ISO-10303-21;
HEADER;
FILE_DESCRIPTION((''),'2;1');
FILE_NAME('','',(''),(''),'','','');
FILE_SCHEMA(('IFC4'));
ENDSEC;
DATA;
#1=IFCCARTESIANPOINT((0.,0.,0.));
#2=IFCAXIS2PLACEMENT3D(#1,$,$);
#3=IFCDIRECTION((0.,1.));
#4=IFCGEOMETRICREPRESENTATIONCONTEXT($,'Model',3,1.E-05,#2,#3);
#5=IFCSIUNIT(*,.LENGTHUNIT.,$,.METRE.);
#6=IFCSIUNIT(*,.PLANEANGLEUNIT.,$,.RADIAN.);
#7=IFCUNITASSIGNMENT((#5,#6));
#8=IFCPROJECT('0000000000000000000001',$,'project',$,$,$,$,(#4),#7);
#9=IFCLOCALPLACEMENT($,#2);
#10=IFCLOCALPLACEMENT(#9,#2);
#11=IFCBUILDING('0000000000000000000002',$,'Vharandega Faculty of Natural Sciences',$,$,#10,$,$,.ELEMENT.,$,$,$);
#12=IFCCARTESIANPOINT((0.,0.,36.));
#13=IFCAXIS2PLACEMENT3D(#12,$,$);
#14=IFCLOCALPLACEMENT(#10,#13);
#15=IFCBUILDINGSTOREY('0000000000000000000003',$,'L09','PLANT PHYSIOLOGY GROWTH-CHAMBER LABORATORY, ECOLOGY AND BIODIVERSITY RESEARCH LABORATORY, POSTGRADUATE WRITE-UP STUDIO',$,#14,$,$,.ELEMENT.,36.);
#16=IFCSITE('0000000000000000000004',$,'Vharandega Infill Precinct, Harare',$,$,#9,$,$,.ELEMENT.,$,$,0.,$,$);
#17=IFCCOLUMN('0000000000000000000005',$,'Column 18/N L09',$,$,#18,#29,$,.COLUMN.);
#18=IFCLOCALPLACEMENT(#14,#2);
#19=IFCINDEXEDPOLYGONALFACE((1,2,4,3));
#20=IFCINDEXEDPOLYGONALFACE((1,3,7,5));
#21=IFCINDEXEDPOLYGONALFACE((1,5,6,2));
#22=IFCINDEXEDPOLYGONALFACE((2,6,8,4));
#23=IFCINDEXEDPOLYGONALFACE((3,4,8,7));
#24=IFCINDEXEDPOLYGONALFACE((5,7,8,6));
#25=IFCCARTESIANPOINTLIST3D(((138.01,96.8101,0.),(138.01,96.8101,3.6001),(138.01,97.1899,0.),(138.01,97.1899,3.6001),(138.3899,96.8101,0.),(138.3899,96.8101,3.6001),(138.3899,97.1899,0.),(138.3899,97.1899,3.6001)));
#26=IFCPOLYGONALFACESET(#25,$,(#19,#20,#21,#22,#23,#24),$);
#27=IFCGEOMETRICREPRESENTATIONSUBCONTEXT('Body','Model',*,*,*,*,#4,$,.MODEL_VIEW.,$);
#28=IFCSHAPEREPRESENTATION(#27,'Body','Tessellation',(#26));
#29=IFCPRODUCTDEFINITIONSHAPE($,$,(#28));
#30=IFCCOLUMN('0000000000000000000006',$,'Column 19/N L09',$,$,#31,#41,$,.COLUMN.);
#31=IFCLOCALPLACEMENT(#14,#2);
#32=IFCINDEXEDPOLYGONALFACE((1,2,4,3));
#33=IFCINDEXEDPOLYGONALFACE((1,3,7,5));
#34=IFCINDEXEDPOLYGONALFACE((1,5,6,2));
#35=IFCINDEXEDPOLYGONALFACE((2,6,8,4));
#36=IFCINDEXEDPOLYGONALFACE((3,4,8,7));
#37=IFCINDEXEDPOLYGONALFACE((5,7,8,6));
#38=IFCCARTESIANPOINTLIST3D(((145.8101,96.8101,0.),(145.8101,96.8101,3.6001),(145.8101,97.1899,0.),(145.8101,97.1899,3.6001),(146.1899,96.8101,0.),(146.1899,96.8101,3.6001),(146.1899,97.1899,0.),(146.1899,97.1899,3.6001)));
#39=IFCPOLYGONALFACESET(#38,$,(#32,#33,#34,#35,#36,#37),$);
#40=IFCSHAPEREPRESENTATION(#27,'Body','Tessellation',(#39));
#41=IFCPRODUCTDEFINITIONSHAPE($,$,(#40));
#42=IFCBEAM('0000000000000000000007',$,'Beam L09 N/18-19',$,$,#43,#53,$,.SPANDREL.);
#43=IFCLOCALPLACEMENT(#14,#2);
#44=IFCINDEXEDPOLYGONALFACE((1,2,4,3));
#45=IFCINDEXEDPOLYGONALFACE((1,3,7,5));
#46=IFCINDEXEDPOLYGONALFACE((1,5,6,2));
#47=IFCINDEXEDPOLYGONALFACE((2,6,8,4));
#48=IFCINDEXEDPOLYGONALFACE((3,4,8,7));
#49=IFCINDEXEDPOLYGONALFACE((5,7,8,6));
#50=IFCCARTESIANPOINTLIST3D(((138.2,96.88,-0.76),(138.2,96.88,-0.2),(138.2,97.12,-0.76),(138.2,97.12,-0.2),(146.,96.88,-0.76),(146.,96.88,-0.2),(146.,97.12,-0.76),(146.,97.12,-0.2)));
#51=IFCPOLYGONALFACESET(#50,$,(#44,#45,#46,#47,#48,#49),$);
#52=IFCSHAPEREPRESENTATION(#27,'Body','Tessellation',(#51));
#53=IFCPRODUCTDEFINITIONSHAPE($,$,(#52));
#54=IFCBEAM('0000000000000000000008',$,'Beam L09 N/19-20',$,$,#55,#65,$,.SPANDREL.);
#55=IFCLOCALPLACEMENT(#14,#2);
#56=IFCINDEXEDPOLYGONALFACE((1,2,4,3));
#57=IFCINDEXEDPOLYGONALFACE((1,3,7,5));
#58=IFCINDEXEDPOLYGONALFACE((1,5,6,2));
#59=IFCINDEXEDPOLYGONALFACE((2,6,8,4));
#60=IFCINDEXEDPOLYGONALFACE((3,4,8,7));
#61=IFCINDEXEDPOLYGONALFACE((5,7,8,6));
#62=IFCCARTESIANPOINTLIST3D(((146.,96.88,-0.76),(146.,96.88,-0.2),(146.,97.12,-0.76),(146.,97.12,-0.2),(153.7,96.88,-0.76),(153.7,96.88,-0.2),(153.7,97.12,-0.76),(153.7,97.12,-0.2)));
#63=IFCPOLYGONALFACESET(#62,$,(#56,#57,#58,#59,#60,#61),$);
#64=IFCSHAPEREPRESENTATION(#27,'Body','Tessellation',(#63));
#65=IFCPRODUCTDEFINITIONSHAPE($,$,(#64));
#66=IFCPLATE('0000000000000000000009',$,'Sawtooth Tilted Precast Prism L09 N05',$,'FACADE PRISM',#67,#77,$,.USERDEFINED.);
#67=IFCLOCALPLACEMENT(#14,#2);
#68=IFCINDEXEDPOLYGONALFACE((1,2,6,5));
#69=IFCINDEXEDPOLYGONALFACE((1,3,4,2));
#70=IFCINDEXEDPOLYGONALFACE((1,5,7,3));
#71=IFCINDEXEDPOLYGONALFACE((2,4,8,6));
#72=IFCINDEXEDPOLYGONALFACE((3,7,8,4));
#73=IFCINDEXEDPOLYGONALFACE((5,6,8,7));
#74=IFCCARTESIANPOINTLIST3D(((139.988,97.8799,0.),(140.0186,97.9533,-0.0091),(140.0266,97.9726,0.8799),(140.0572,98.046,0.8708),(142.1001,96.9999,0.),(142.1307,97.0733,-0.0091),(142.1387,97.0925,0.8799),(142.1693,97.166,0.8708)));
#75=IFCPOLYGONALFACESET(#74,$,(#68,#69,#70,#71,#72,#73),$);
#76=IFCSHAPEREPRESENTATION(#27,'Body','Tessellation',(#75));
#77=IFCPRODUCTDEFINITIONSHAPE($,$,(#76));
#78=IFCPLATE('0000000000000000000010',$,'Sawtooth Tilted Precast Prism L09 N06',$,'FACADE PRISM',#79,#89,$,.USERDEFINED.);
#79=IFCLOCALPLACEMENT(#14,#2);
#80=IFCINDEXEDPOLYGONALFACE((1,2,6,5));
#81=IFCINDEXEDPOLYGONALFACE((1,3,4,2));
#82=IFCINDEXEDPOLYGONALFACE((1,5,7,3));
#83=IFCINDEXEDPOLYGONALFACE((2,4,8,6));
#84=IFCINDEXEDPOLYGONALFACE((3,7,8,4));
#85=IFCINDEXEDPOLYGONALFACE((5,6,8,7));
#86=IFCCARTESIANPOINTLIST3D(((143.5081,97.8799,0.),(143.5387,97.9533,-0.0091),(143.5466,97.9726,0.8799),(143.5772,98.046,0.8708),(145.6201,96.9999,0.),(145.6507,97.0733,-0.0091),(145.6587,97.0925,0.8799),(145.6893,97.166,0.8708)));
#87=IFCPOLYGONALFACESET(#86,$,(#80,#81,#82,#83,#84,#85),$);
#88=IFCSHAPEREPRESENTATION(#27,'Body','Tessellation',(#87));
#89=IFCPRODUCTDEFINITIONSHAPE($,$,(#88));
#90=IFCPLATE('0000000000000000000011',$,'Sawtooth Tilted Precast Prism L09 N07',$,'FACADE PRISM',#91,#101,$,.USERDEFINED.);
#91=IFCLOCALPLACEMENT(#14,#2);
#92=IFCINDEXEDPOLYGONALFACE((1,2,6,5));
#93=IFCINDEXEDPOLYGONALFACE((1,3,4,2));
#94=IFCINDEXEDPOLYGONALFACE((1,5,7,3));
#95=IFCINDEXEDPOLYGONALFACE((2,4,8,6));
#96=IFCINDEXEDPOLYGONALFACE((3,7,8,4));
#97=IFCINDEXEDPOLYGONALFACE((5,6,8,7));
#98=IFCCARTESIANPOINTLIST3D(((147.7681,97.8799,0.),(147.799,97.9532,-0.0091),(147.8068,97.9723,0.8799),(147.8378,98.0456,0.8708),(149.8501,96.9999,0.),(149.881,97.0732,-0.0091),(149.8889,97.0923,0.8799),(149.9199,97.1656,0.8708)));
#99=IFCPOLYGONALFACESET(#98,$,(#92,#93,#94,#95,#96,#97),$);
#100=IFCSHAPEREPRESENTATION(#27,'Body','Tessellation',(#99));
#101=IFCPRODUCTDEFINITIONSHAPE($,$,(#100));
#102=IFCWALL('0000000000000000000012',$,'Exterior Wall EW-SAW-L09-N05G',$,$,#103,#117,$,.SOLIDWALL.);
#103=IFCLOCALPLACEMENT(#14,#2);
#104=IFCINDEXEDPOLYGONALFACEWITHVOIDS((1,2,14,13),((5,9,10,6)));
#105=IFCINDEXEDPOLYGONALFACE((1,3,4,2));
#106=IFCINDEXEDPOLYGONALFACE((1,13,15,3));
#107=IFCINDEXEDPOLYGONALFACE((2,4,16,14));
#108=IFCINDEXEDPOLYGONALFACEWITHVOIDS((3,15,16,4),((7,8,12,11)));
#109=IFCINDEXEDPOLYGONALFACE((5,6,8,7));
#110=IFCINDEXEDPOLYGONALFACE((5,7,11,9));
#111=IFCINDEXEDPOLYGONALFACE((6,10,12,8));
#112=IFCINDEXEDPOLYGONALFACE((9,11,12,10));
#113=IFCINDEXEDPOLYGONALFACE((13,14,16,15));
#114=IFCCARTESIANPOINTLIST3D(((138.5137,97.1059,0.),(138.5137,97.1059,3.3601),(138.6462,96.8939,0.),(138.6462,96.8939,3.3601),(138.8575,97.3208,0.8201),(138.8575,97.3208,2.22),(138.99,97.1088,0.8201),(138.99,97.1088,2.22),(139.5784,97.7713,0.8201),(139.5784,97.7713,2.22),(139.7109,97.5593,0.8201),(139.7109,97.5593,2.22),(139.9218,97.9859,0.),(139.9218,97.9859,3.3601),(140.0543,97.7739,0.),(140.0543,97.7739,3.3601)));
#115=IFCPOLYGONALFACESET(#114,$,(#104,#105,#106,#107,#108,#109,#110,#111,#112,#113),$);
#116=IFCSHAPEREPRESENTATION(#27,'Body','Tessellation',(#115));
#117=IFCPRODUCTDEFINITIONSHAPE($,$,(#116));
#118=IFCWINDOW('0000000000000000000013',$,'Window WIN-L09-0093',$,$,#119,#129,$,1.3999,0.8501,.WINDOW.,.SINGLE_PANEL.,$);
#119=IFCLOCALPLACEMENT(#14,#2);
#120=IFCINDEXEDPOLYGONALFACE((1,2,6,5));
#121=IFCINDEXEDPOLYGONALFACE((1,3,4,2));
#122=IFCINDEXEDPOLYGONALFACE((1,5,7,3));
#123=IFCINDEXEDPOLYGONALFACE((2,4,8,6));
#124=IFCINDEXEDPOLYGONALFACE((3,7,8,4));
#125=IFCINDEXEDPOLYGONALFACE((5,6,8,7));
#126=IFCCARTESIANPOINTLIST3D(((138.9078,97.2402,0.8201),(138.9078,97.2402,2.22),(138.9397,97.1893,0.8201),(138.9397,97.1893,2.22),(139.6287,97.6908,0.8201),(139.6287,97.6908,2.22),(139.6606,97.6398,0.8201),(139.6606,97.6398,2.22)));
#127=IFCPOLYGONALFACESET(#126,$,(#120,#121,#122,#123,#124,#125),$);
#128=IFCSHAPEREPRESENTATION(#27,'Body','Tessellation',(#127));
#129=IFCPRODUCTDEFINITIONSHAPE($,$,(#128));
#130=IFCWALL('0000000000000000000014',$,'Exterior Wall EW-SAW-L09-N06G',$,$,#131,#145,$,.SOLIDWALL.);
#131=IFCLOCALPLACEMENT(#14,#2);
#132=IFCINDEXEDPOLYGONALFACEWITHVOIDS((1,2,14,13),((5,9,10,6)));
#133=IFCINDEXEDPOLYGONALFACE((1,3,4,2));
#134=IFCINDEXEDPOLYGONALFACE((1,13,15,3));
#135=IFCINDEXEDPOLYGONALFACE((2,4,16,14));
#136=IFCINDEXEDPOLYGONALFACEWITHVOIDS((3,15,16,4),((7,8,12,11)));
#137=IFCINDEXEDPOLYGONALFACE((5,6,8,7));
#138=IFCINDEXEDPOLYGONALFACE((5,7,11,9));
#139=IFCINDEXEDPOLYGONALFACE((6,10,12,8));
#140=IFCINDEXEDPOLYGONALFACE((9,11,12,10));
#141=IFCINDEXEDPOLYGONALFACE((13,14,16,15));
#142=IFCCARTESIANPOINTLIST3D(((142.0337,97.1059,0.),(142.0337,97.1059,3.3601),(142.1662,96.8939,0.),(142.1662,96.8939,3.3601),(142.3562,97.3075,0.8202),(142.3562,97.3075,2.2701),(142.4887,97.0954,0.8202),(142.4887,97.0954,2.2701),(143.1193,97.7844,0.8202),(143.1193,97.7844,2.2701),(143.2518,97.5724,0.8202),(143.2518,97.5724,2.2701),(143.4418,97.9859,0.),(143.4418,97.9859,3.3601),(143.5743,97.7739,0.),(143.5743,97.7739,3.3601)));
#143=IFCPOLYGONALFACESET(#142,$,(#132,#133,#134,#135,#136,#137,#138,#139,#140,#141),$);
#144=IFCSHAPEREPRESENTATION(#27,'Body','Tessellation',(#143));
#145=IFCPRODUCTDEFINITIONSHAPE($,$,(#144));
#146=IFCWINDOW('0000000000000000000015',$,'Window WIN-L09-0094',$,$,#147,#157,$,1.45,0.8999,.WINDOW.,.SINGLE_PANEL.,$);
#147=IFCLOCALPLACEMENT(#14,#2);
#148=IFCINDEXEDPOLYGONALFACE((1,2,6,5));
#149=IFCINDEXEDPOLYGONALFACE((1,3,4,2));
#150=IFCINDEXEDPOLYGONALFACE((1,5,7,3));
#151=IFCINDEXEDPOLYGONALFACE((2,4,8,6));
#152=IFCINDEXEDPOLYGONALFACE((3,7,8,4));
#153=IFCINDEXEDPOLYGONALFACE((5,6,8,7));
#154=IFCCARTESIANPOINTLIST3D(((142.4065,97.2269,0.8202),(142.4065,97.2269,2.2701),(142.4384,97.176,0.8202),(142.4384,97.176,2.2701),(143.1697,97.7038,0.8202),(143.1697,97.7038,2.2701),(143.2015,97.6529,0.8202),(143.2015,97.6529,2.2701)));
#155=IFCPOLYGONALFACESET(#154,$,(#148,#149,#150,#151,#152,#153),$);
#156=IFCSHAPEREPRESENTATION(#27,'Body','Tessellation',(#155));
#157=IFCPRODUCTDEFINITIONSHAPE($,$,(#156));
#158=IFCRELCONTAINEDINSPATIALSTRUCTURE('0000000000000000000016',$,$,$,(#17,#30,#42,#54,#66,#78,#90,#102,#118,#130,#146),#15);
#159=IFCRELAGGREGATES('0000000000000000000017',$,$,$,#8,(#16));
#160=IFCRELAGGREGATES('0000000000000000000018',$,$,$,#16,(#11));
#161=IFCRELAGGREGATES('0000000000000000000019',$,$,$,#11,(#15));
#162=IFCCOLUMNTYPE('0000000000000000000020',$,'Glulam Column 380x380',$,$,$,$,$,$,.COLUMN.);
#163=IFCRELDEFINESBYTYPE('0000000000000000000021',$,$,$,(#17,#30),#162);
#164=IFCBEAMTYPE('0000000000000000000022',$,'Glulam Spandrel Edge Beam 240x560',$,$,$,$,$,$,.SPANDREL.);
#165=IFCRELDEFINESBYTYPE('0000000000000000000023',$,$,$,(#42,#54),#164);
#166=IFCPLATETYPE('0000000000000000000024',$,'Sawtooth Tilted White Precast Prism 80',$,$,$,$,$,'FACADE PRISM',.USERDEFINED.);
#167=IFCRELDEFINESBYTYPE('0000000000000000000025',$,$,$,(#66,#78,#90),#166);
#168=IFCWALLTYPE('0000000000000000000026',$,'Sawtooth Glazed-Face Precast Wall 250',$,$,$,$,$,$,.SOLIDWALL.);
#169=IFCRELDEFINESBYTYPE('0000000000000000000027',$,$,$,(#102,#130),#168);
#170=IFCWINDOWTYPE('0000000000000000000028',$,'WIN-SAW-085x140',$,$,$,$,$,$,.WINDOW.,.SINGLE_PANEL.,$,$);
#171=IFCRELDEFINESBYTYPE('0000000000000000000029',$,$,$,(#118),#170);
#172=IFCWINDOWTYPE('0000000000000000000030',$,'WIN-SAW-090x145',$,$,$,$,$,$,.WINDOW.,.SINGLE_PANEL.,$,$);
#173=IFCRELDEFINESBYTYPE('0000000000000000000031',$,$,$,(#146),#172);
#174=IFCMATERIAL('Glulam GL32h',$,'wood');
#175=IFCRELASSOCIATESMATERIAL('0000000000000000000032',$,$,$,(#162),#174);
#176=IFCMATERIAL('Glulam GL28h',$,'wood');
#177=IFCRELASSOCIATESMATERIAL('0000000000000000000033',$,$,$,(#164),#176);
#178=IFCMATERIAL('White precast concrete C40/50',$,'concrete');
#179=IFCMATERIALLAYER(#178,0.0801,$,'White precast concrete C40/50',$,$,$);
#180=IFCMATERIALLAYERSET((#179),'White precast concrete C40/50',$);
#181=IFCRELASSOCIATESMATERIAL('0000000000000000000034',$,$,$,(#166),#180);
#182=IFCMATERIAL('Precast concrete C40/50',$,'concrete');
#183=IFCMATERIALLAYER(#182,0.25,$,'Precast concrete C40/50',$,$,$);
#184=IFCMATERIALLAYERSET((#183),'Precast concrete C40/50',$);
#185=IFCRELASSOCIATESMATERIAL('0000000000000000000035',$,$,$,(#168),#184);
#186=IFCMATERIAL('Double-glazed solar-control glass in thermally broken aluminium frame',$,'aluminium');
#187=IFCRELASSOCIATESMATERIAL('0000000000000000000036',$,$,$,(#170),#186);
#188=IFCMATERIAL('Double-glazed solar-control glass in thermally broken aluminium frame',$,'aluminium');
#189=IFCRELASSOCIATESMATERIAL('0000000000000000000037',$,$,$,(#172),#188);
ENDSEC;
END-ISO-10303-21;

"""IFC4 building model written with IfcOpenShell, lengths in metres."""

from ifc_helpers import new_model, si_unit, direction, frame, frame_2d, origin, origin_2d, place, context, subcontext, project, spatial, polyline, rectangle, outline, extrude, material, layer, layer_set, material_profile, profile_set, type_object, element, fill, save


model = new_model("IFC4")

# Units and contexts
model_context = context("Model", 3, precision=1e-05, world=origin(), true_north=direction((0.0, 1.0)))
body_context = subcontext(model_context, "Body", "Model", "MODEL_VIEW")
ifc_project = project(units=[si_unit("LENGTHUNIT", "METRE"), si_unit("PLANEANGLEUNIT", "RADIAN")], contexts=[model_context])

# Site, building, storey
site_placement = place(None, origin())
site = spatial("IfcSite", under=ifc_project, at=site_placement, Name="Vharandega Infill Precinct, Harare", CompositionType="ELEMENT", RefElevation=0.0)
building_placement = place(site_placement, origin())
building = spatial("IfcBuilding", under=site, at=building_placement, Name="Vharandega Faculty of Natural Sciences", CompositionType="ELEMENT")
storey_placement = place(building_placement, frame((0.0, 0.0, 36.0)))
storey = spatial("IfcBuildingStorey", under=building, at=storey_placement, Name="L09", Description="PLANT PHYSIOLOGY GROWTH-CHAMBER LABORATORY, ECOLOGY AND BIODIVERSITY RESEARCH LABORATORY, POSTGRADUATE WRITE-UP STUDIO", CompositionType="ELEMENT", Elevation=36.0)

# Columns
ifc_material_1 = material(Name="Glulam GL32h", Category="wood")
ifc_material_profile_1 = material_profile(ifc_material_1, rectangle(XDim=0.3799, YDim=0.3799, at=origin_2d()), Name="GL32h 380x380")
ifc_profile_set_1 = profile_set([ifc_material_profile_1], Name="Glulam GL32h")
column_type = type_object("IfcColumnType", Name="Glulam Column 380x380", PredefinedType="COLUMN", material=ifc_profile_set_1)
for number, where, z_axis, x_axis, name in (
    (1, (138.2, 97.0, 0.0), (0.0, 0.0, 1.0), (1.0, 0.0, 0.0), "Column 18/N L09"),
    (2, (146.0, 97.0, 0.0), (0.0, 0.0, 1.0), (1.0, 0.0, 0.0), "Column 19/N L09"),
):
    element("IfcColumn", number, at=place(storey_placement, frame(where, z_axis=z_axis, x_axis=x_axis)), inside=storey, type_object=column_type, Name=name, PredefinedType="COLUMN", context=body_context, shape_type="SweptSolid", body=[
        extrude(rectangle(XDim=0.3799, YDim=0.3799, at=origin_2d()), origin(), (0.0, 0.0, 1.0), 3.6001),
    ])

# Beams
ifc_material_2 = material(Name="Glulam GL28h", Category="wood")
ifc_material_profile_2 = material_profile(ifc_material_2, rectangle(XDim=0.24, YDim=0.5601, at=origin_2d()), Name="GL28h 240x560")
ifc_profile_set_2 = profile_set([ifc_material_profile_2], Name="Glulam GL28h")
beam_type = type_object("IfcBeamType", Name="Glulam Spandrel Edge Beam 240x560", PredefinedType="SPANDREL", material=ifc_profile_set_2)
beam_1_placement = place(storey_placement, frame((138.2, 97.0, -0.48), z_axis=(1.0, 0.0, 0.0), x_axis=(0.0, 1.0, 0.0)))
element("IfcBeam", 3, at=beam_1_placement, inside=storey, type_object=beam_type, Name="Beam L09 N/18-19", PredefinedType="SPANDREL", context=body_context, shape_type="SweptSolid", body=[
    extrude(rectangle(XDim=0.24, YDim=0.5601, at=origin_2d()), origin(), (0.0, 0.0, 1.0), 7.8),
])
beam_2_placement = place(storey_placement, frame((146.0, 97.0, -0.48), z_axis=(1.0, 0.0, 0.0), x_axis=(0.0, 1.0, 0.0)))
element("IfcBeam", 4, at=beam_2_placement, inside=storey, type_object=beam_type, Name="Beam L09 N/19-20", PredefinedType="SPANDREL", context=body_context, shape_type="SweptSolid", body=[
    extrude(rectangle(XDim=0.24, YDim=0.5601, at=origin_2d()), origin(), (0.0, 0.0, 1.0), 7.7),
])

# Plates
ifc_material_3 = material(Name="White precast concrete C40/50", Category="concrete")
ifc_layer_1 = layer(ifc_material_3, 0.0801, Name="White precast concrete C40/50")
ifc_layer_set_1 = layer_set([ifc_layer_1], Name="White precast concrete C40/50")
plate_type = type_object("IfcPlateType", Name="Sawtooth Tilted White Precast Prism 80", ElementType="FACADE PRISM", PredefinedType="USERDEFINED", material=ifc_layer_set_1)
for number, where, z_axis, x_axis, name in (
    (5, (139.988, 97.8799, 0.0), (-0.38213, -0.917133, 0.113326), (0.043509, 0.104642, 0.993558), "Sawtooth Tilted Precast Prism L09 N05"),
    (6, (143.5081, 97.8799, 0.0), (-0.38213, -0.917133, 0.113326), (0.043509, 0.104642, 0.993558), "Sawtooth Tilted Precast Prism L09 N06"),
):
    element("IfcPlate", number, at=place(storey_placement, frame(where, z_axis=z_axis, x_axis=x_axis)), inside=storey, type_object=plate_type, Name=name, ObjectType="FACADE PRISM", PredefinedType="USERDEFINED", context=body_context, shape_type="SweptSolid", body=[
        extrude(outline(polyline([(0.0, 0.0), (0.8856, 0.0), (0.8854, -2.2881), (-0.0002, -2.288), (0.0, 0.0)])), origin(), (0.0, 0.0, -1.0), 0.0801),
    ])
plate_placement = place(storey_placement, frame((147.7681, 97.8799, 0.0), z_axis=(-0.386818, -0.915184, 0.11318), x_axis=(0.043785, 0.104368, 0.993574)))
element("IfcPlate", 7, at=plate_placement, inside=storey, type_object=plate_type, Name="Sawtooth Tilted Precast Prism L09 N07", ObjectType="FACADE PRISM", PredefinedType="USERDEFINED", context=body_context, shape_type="SweptSolid", body=[
    extrude(outline(polyline([(0.0, 0.0), (0.8856, 0.0), (0.8849, -2.2604), (-0.0007, -2.2603), (0.0, 0.0)])), origin(), (0.0, 0.0, -1.0), 0.0801),
])

# Walls, openings, windows
ifc_material_4 = material(Name="Precast concrete C40/50", Category="concrete")
ifc_layer_2 = layer(ifc_material_4, 0.25, Name="Precast concrete C40/50")
ifc_layer_set_2 = layer_set([ifc_layer_2], Name="Precast concrete C40/50")
wall_type_1 = type_object("IfcWallType", Name="Sawtooth Glazed-Face Precast Wall 250", PredefinedType="SOLIDWALL", material=ifc_layer_set_2)
wall_1_placement = place(storey_placement, frame((138.5801, 97.0, 0.0), z_axis=(0.0, 0.0, 1.0), x_axis=(0.848023, 0.529959, 0.0)))
wall_1 = element("IfcWall", 8, at=wall_1_placement, inside=storey, type_object=wall_type_1, Name="Exterior Wall EW-SAW-L09-N05G", PredefinedType="SOLIDWALL", context=body_context, shape_type="SweptSolid", body=[
    extrude(rectangle(XDim=1.6604, YDim=0.25, at=frame_2d((0.8301, 0.0))), origin(), (0.0, 0.0, 1.0), 3.3601),
])
opening_1_placement = place(wall_1_placement, frame((0.4053, 0.0, 0.8201)))
opening_1 = element("IfcOpeningElement", 9, at=opening_1_placement, cuts=wall_1, PredefinedType="OPENING", context=body_context, shape_type="SweptSolid", body=[
    extrude(rectangle(XDim=0.8501, YDim=1.3999, at=frame_2d((0.425, 0.7))), frame((0.0, 0.135, 0.0), z_axis=(0.0, -1.0, 0.0), x_axis=(1.0, 0.0, 0.0)), (0.0, 0.0, 1.0), 0.27),
])
ifc_material_5 = material(Name="Double-glazed solar-control glass in thermally broken aluminium frame", Category="aluminium")
window_type_1 = type_object("IfcWindowType", Name="WIN-SAW-085x140", PartitioningType="SINGLE_PANEL", PredefinedType="WINDOW", material=ifc_material_5)
window_1_placement = place(opening_1_placement, origin())
window_1 = element("IfcWindow", 10, at=window_1_placement, inside=storey, type_object=window_type_1, Name="Window WIN-L09-0093", OverallHeight=1.3999, OverallWidth=0.8501, PartitioningType="SINGLE_PANEL", PredefinedType="WINDOW", context=body_context, shape_type="SweptSolid", body=[
    extrude(rectangle(XDim=0.8501, YDim=1.3999, at=frame_2d((0.425, 0.7))), frame((0.0, 0.03, 0.0), z_axis=(0.0, -1.0, 0.0), x_axis=(1.0, 0.0, 0.0)), (0.0, 0.0, 1.0), 0.0601),
])
fill(opening_1, window_1)
wall_2_placement = place(storey_placement, frame((142.1001, 97.0, 0.0), z_axis=(0.0, 0.0, 1.0), x_axis=(0.848023, 0.529959, 0.0)))
wall_2 = element("IfcWall", 11, at=wall_2_placement, inside=storey, type_object=wall_type_1, Name="Exterior Wall EW-SAW-L09-N06G", PredefinedType="SOLIDWALL", context=body_context, shape_type="SweptSolid", body=[
    extrude(rectangle(XDim=1.6604, YDim=0.25, at=frame_2d((0.8301, 0.0))), origin(), (0.0, 0.0, 1.0), 3.3601),
])
opening_2_placement = place(wall_2_placement, frame((0.3801, 0.0, 0.8201)))
opening_2 = element("IfcOpeningElement", 12, at=opening_2_placement, cuts=wall_2, PredefinedType="OPENING", context=body_context, shape_type="SweptSolid", body=[
    extrude(rectangle(XDim=0.8999, YDim=1.45, at=frame_2d((0.45, 0.7251))), frame((0.0, 0.135, 0.0), z_axis=(0.0, -1.0, 0.0), x_axis=(1.0, 0.0, 0.0)), (0.0, 0.0, 1.0), 0.27),
])
ifc_material_6 = material(Name="Double-glazed solar-control glass in thermally broken aluminium frame", Category="aluminium")
window_type_2 = type_object("IfcWindowType", Name="WIN-SAW-090x145", PartitioningType="SINGLE_PANEL", PredefinedType="WINDOW", material=ifc_material_6)
window_2_placement = place(opening_2_placement, origin())
window_2 = element("IfcWindow", 13, at=window_2_placement, inside=storey, type_object=window_type_2, Name="Window WIN-L09-0094", OverallHeight=1.45, OverallWidth=0.8999, PartitioningType="SINGLE_PANEL", PredefinedType="WINDOW", context=body_context, shape_type="SweptSolid", body=[
    extrude(rectangle(XDim=0.8999, YDim=1.45, at=frame_2d((0.45, 0.7251))), frame((0.0, 0.03, 0.0), z_axis=(0.0, -1.0, 0.0), x_axis=(1.0, 0.0, 0.0)), (0.0, 0.0, 1.0), 0.0601),
])
fill(opening_2, window_2)

save(model, "model.ifc")
